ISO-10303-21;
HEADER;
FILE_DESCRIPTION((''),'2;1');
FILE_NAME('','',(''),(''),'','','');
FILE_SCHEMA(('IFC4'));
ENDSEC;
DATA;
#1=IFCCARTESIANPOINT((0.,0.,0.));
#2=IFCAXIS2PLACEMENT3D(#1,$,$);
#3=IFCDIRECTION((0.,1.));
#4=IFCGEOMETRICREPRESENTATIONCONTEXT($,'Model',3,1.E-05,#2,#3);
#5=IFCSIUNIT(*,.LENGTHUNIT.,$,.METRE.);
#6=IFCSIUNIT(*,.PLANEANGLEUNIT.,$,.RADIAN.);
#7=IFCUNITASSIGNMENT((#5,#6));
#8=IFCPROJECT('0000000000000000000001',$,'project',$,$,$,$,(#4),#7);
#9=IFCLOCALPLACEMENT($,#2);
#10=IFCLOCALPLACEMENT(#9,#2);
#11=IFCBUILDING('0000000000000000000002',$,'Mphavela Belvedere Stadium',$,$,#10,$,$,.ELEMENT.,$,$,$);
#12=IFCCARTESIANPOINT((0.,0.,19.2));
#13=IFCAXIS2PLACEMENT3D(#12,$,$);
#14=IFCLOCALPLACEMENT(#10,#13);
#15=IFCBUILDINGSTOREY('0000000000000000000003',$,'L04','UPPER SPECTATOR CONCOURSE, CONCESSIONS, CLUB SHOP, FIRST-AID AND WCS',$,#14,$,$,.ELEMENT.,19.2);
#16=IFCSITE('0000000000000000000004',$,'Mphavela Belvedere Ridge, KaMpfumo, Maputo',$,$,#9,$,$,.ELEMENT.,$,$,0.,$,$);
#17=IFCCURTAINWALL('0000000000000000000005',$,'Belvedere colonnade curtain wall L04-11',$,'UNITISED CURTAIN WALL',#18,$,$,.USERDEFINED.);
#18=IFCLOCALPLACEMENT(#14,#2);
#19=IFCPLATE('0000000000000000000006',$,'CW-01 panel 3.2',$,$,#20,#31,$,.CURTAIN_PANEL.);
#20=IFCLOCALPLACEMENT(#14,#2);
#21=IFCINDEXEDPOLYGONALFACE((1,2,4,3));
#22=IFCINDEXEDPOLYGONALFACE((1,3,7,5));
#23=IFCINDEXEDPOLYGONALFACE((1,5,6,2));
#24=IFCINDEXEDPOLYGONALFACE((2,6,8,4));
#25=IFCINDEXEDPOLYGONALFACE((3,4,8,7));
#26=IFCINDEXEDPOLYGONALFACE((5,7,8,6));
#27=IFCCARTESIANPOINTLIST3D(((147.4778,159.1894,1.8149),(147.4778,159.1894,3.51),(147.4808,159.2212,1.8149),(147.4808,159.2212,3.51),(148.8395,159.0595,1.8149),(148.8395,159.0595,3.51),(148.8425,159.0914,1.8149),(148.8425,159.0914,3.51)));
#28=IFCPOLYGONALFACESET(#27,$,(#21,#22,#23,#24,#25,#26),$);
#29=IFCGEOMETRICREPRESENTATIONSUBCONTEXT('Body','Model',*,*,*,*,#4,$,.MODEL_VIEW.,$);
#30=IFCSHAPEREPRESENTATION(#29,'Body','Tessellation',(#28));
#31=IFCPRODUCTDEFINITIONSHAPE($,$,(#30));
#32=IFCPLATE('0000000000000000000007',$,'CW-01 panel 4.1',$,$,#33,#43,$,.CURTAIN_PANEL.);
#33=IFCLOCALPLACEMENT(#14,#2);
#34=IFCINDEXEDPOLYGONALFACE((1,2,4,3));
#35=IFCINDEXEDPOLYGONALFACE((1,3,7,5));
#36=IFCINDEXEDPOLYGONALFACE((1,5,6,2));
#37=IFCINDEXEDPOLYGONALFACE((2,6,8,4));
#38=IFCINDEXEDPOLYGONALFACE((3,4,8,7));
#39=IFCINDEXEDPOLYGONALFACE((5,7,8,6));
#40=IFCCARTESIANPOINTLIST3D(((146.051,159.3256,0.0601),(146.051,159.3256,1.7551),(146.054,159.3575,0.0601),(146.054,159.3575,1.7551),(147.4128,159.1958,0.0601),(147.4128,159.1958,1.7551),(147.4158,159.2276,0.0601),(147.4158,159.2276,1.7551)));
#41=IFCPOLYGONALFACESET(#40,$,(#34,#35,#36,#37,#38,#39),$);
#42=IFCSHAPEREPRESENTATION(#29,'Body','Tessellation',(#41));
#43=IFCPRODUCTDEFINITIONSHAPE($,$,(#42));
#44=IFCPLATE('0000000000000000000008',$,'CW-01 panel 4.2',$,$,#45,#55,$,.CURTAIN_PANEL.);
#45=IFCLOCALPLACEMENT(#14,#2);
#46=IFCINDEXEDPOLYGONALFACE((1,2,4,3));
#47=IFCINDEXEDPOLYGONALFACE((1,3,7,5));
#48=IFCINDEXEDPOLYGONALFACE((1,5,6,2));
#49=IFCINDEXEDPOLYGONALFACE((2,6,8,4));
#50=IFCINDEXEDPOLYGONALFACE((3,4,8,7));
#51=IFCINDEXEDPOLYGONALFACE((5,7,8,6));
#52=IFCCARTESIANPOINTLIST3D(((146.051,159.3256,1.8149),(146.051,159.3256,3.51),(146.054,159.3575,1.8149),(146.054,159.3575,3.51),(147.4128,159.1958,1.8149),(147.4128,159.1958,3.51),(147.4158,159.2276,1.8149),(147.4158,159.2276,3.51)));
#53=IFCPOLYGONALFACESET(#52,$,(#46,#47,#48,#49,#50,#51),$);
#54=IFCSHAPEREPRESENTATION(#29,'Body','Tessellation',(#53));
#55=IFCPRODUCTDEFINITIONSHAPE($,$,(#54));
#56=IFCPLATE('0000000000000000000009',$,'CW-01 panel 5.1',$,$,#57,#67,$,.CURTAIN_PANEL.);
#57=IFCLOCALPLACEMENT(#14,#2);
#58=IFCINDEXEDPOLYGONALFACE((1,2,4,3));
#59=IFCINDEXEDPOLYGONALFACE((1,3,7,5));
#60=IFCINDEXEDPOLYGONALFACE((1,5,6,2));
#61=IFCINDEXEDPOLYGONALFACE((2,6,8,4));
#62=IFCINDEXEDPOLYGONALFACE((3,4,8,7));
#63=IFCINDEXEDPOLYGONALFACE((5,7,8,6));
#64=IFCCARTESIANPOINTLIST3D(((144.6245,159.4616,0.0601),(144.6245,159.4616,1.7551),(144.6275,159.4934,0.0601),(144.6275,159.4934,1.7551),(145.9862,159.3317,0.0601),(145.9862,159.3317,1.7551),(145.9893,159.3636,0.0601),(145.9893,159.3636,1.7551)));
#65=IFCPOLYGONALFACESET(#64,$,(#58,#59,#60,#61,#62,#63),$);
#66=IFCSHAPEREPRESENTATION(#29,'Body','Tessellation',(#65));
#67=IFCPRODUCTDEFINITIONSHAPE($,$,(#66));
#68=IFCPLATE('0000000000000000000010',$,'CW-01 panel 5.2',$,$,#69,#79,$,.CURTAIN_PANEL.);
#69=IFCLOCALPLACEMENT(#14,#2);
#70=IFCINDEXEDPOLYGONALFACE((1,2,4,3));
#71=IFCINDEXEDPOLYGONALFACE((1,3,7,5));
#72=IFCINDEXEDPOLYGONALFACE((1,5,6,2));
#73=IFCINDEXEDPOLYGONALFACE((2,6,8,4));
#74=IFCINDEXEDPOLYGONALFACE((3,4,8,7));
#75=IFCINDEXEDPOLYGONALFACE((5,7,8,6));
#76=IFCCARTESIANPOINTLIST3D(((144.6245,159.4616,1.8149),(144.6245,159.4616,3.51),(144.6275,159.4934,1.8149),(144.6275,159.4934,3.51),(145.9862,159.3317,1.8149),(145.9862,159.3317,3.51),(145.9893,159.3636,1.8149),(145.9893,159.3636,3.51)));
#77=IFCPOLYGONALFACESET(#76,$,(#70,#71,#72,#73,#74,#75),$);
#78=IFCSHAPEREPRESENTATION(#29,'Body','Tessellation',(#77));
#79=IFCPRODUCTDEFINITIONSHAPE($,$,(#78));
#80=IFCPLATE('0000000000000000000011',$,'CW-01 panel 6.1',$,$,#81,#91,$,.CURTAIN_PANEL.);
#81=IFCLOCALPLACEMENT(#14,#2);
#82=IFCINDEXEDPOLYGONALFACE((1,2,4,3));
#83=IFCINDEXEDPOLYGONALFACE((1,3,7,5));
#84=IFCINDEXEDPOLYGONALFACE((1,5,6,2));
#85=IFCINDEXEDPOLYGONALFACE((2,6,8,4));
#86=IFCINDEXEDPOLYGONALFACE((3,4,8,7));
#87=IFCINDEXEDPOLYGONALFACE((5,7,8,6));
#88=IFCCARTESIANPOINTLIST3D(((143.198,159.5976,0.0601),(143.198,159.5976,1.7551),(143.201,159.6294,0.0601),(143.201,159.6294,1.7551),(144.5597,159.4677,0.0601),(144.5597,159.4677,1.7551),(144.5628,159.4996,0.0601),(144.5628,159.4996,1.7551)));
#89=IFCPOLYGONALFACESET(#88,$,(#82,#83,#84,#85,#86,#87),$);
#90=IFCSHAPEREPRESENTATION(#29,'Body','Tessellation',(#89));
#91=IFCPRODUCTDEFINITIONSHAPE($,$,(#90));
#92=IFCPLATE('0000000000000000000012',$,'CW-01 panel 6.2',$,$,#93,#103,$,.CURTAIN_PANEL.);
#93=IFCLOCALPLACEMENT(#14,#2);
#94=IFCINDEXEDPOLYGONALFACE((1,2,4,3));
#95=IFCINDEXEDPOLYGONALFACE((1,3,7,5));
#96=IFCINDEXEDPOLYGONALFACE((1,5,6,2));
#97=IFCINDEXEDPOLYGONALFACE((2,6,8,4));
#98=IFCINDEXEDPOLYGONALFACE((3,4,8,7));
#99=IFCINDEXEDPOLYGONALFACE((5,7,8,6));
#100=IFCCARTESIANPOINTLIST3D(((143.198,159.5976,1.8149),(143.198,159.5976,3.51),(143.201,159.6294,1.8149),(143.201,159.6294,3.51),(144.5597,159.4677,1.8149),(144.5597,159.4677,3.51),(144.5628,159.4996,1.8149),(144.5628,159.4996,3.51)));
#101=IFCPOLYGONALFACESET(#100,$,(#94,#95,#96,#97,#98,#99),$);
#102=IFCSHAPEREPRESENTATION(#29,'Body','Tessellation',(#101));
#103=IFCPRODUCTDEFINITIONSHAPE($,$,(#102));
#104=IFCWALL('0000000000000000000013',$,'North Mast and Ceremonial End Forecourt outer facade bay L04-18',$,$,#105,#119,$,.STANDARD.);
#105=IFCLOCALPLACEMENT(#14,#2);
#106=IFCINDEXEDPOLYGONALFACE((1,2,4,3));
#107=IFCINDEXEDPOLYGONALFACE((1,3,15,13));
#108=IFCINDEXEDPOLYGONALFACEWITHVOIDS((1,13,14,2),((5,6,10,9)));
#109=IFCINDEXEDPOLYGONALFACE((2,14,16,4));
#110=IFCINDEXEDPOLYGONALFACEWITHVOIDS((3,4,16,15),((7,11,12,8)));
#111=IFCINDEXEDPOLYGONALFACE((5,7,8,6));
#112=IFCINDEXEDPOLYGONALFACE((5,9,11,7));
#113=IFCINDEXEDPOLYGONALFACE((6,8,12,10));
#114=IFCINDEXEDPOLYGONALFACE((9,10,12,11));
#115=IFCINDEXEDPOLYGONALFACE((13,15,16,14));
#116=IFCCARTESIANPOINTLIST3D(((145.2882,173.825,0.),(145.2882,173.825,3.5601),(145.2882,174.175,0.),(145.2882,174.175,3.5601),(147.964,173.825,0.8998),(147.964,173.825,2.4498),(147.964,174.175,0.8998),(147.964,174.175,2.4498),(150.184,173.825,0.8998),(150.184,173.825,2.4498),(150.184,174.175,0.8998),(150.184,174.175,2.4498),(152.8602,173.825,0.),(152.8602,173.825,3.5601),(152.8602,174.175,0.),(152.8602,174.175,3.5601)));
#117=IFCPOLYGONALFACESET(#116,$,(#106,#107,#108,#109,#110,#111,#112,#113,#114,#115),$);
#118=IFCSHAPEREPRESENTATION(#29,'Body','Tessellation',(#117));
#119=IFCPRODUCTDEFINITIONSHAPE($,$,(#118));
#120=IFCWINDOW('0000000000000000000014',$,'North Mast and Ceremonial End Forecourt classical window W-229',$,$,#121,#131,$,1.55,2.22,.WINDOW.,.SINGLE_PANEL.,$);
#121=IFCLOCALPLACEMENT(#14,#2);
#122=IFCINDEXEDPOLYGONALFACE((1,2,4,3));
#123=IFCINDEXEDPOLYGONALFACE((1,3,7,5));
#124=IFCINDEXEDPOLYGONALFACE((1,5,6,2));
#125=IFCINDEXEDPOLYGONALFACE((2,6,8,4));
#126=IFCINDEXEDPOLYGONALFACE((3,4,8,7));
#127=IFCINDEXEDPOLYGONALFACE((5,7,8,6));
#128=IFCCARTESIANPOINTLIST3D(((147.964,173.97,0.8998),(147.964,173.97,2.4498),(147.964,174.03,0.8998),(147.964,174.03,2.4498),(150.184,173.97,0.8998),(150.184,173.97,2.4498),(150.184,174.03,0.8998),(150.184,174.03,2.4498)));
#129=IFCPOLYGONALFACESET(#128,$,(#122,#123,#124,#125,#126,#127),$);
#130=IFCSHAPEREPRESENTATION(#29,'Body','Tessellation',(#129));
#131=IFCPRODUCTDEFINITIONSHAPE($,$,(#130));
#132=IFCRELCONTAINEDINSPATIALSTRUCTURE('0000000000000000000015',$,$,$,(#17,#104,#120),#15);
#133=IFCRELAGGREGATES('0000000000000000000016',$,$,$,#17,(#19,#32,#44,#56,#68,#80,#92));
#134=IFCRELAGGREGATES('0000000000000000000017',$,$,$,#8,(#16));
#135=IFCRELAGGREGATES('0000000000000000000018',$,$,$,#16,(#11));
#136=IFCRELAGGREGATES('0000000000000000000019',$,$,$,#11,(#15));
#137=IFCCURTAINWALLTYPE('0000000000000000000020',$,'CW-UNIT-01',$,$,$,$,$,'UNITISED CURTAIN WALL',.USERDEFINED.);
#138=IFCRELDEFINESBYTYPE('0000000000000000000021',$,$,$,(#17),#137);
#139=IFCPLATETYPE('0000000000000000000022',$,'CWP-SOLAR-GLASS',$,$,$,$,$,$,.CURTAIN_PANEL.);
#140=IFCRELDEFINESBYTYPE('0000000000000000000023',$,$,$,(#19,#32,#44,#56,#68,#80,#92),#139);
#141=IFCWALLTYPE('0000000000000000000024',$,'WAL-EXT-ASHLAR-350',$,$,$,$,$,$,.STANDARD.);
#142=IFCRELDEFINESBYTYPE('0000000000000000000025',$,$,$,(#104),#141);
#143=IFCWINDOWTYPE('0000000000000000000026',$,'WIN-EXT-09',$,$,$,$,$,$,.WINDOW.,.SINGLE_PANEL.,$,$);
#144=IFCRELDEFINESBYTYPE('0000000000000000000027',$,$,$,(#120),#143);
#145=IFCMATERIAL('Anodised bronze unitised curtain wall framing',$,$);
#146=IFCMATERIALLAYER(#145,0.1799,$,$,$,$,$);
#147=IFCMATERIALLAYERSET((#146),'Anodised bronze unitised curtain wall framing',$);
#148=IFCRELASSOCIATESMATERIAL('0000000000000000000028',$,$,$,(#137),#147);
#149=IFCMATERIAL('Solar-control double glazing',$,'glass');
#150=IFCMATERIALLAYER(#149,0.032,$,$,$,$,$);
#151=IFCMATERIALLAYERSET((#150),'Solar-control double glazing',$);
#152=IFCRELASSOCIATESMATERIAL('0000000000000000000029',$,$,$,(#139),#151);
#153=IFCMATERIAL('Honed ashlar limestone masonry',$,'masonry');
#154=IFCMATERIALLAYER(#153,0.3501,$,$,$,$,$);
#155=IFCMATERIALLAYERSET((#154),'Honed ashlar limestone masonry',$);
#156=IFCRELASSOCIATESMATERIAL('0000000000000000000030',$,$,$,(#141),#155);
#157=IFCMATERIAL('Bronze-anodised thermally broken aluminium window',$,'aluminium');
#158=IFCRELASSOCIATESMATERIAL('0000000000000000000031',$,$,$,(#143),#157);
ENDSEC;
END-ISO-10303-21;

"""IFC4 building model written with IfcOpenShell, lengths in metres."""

from ifc_helpers import new_model, si_unit, direction, frame, frame_2d, origin, origin_2d, place, context, subcontext, project, spatial, rectangle, extrude, material, layer, layer_set, type_object, element, fill, aggregate, save


model = new_model("IFC4")

# Units and contexts
model_context = context("Model", 3, precision=1e-05, world=origin(), true_north=direction((0.0, 1.0)))
body_context = subcontext(model_context, "Body", "Model", "MODEL_VIEW")
ifc_project = project(units=[si_unit("LENGTHUNIT", "METRE"), si_unit("PLANEANGLEUNIT", "RADIAN")], contexts=[model_context])

# Site, building, storey
site_placement = place(None, origin())
site = spatial("IfcSite", under=ifc_project, at=site_placement, Name="Mphavela Belvedere Ridge, KaMpfumo, Maputo", CompositionType="ELEMENT", RefElevation=0.0)
building_placement = place(site_placement, origin())
building = spatial("IfcBuilding", under=site, at=building_placement, Name="Mphavela Belvedere Stadium", CompositionType="ELEMENT")
storey_placement = place(building_placement, frame((0.0, 0.0, 19.2)))
storey = spatial("IfcBuildingStorey", under=building, at=storey_placement, Name="L04", Description="UPPER SPECTATOR CONCOURSE, CONCESSIONS, CLUB SHOP, FIRST-AID AND WCS", CompositionType="ELEMENT", Elevation=19.2)

# Curtain wall, plates
ifc_material_1 = material(Name="Anodised bronze unitised curtain wall framing")
ifc_layer_1 = layer(ifc_material_1, 0.1799)
ifc_layer_set_1 = layer_set([ifc_layer_1], Name="Anodised bronze unitised curtain wall framing")
curtain_wall_type = type_object("IfcCurtainWallType", Name="CW-UNIT-01", ElementType="UNITISED CURTAIN WALL", PredefinedType="USERDEFINED", material=ifc_layer_set_1)
curtain_wall_placement = place(storey_placement, origin())
curtain_wall = element("IfcCurtainWall", 1, at=curtain_wall_placement, inside=storey, type_object=curtain_wall_type, Name="Belvedere colonnade curtain wall L04-11", ObjectType="UNITISED CURTAIN WALL", PredefinedType="USERDEFINED")
ifc_material_2 = material(Name="Solar-control double glazing", Category="glass")
ifc_layer_2 = layer(ifc_material_2, 0.032)
ifc_layer_set_2 = layer_set([ifc_layer_2], Name="Solar-control double glazing")
plate_type = type_object("IfcPlateType", Name="CWP-SOLAR-GLASS", PredefinedType="CURTAIN_PANEL", material=ifc_layer_set_2)
plate_1_placement = place(storey_placement, frame((148.1602, 159.1404, 1.8149), z_axis=(0.0, 0.0, 1.0), x_axis=(-0.995484, 0.094933, 0.0)))
plate_1 = element("IfcPlate", 2, at=plate_1_placement, type_object=plate_type, Name="CW-01 panel 3.2", PredefinedType="CURTAIN_PANEL", context=body_context, shape_type="SweptSolid", body=[
    extrude(rectangle(XDim=1.3679, YDim=0.032, at=origin_2d()), origin(), (0.0, 0.0, 1.0), 1.6951),
])
plate_2_placement = place(storey_placement, frame((146.7334, 159.2766, 0.0601), z_axis=(0.0, 0.0, 1.0), x_axis=(-0.995484, 0.094933, 0.0)))
plate_2 = element("IfcPlate", 3, at=plate_2_placement, type_object=plate_type, Name="CW-01 panel 4.1", PredefinedType="CURTAIN_PANEL", context=body_context, shape_type="SweptSolid", body=[
    extrude(rectangle(XDim=1.3679, YDim=0.032, at=origin_2d()), origin(), (0.0, 0.0, 1.0), 1.6951),
])
plate_3_placement = place(storey_placement, frame((146.7334, 159.2766, 1.8149), z_axis=(0.0, 0.0, 1.0), x_axis=(-0.995484, 0.094933, 0.0)))
plate_3 = element("IfcPlate", 4, at=plate_3_placement, type_object=plate_type, Name="CW-01 panel 4.2", PredefinedType="CURTAIN_PANEL", context=body_context, shape_type="SweptSolid", body=[
    extrude(rectangle(XDim=1.3679, YDim=0.032, at=origin_2d()), origin(), (0.0, 0.0, 1.0), 1.6951),
])
plate_4_placement = place(storey_placement, frame((145.3069, 159.4126, 0.0601), z_axis=(0.0, 0.0, 1.0), x_axis=(-0.995484, 0.094933, 0.0)))
plate_4 = element("IfcPlate", 5, at=plate_4_placement, type_object=plate_type, Name="CW-01 panel 5.1", PredefinedType="CURTAIN_PANEL", context=body_context, shape_type="SweptSolid", body=[
    extrude(rectangle(XDim=1.3679, YDim=0.032, at=origin_2d()), origin(), (0.0, 0.0, 1.0), 1.6951),
])
plate_5_placement = place(storey_placement, frame((145.3069, 159.4126, 1.8149), z_axis=(0.0, 0.0, 1.0), x_axis=(-0.995484, 0.094933, 0.0)))
plate_5 = element("IfcPlate", 6, at=plate_5_placement, type_object=plate_type, Name="CW-01 panel 5.2", PredefinedType="CURTAIN_PANEL", context=body_context, shape_type="SweptSolid", body=[
    extrude(rectangle(XDim=1.3679, YDim=0.032, at=origin_2d()), origin(), (0.0, 0.0, 1.0), 1.6951),
])
plate_6_placement = place(storey_placement, frame((143.8804, 159.5486, 0.0601), z_axis=(0.0, 0.0, 1.0), x_axis=(-0.995484, 0.094933, 0.0)))
plate_6 = element("IfcPlate", 7, at=plate_6_placement, type_object=plate_type, Name="CW-01 panel 6.1", PredefinedType="CURTAIN_PANEL", context=body_context, shape_type="SweptSolid", body=[
    extrude(rectangle(XDim=1.3679, YDim=0.032, at=origin_2d()), origin(), (0.0, 0.0, 1.0), 1.6951),
])
plate_7_placement = place(storey_placement, frame((143.8804, 159.5486, 1.8149), z_axis=(0.0, 0.0, 1.0), x_axis=(-0.995484, 0.094933, 0.0)))
plate_7 = element("IfcPlate", 8, at=plate_7_placement, type_object=plate_type, Name="CW-01 panel 6.2", PredefinedType="CURTAIN_PANEL", context=body_context, shape_type="SweptSolid", body=[
    extrude(rectangle(XDim=1.3679, YDim=0.032, at=origin_2d()), origin(), (0.0, 0.0, 1.0), 1.6951),
])
aggregate(curtain_wall, [plate_1, plate_2, plate_3, plate_4, plate_5, plate_6, plate_7])

# Wall, opening, window
ifc_material_3 = material(Name="Honed ashlar limestone masonry", Category="masonry")
ifc_layer_3 = layer(ifc_material_3, 0.3501)
ifc_layer_set_3 = layer_set([ifc_layer_3], Name="Honed ashlar limestone masonry")
wall_type = type_object("IfcWallType", Name="WAL-EXT-ASHLAR-350", PredefinedType="STANDARD", material=ifc_layer_set_3)
wall_placement = place(storey_placement, frame((145.2881, 174.0, 0.0), z_axis=(0.0, 0.0, 1.0), x_axis=(1.0, 0.0, 0.0)))
wall = element("IfcWall", 9, at=wall_placement, inside=storey, type_object=wall_type, Name="North Mast and Ceremonial End Forecourt outer facade bay L04-18", PredefinedType="STANDARD", context=body_context, shape_type="SweptSolid", body=[
    extrude(rectangle(XDim=7.572, YDim=0.3501, at=frame_2d((3.7861, 0.0))), origin(), (0.0, 0.0, 1.0), 3.5601),
])
opening_placement = place(wall_placement, frame((2.676, 0.0, 0.8999)))
opening = element("IfcOpeningElement", 10, at=opening_placement, cuts=wall, PredefinedType="OPENING", context=body_context, shape_type="SweptSolid", body=[
    extrude(rectangle(XDim=2.22, YDim=1.55, at=frame_2d((1.1099, 0.7749))), frame((0.0, 0.1851, 0.0), z_axis=(0.0, -1.0, 0.0), x_axis=(1.0, 0.0, 0.0)), (0.0, 0.0, 1.0), 0.3701),
])
ifc_material_4 = material(Name="Bronze-anodised thermally broken aluminium window", Category="aluminium")
window_type = type_object("IfcWindowType", Name="WIN-EXT-09", PartitioningType="SINGLE_PANEL", PredefinedType="WINDOW", material=ifc_material_4)
window_placement = place(opening_placement, origin())
window = element("IfcWindow", 11, at=window_placement, inside=storey, type_object=window_type, Name="North Mast and Ceremonial End Forecourt classical window W-229", OverallHeight=1.55, OverallWidth=2.22, PartitioningType="SINGLE_PANEL", PredefinedType="WINDOW", context=body_context, shape_type="SweptSolid", body=[
    extrude(rectangle(XDim=2.22, YDim=1.55, at=frame_2d((1.1099, 0.7749))), frame((0.0, 0.03, 0.0), z_axis=(0.0, -1.0, 0.0), x_axis=(1.0, 0.0, 0.0)), (0.0, 0.0, 1.0), 0.0601),
])
fill(opening, window)

save(model, "model.ifc")
